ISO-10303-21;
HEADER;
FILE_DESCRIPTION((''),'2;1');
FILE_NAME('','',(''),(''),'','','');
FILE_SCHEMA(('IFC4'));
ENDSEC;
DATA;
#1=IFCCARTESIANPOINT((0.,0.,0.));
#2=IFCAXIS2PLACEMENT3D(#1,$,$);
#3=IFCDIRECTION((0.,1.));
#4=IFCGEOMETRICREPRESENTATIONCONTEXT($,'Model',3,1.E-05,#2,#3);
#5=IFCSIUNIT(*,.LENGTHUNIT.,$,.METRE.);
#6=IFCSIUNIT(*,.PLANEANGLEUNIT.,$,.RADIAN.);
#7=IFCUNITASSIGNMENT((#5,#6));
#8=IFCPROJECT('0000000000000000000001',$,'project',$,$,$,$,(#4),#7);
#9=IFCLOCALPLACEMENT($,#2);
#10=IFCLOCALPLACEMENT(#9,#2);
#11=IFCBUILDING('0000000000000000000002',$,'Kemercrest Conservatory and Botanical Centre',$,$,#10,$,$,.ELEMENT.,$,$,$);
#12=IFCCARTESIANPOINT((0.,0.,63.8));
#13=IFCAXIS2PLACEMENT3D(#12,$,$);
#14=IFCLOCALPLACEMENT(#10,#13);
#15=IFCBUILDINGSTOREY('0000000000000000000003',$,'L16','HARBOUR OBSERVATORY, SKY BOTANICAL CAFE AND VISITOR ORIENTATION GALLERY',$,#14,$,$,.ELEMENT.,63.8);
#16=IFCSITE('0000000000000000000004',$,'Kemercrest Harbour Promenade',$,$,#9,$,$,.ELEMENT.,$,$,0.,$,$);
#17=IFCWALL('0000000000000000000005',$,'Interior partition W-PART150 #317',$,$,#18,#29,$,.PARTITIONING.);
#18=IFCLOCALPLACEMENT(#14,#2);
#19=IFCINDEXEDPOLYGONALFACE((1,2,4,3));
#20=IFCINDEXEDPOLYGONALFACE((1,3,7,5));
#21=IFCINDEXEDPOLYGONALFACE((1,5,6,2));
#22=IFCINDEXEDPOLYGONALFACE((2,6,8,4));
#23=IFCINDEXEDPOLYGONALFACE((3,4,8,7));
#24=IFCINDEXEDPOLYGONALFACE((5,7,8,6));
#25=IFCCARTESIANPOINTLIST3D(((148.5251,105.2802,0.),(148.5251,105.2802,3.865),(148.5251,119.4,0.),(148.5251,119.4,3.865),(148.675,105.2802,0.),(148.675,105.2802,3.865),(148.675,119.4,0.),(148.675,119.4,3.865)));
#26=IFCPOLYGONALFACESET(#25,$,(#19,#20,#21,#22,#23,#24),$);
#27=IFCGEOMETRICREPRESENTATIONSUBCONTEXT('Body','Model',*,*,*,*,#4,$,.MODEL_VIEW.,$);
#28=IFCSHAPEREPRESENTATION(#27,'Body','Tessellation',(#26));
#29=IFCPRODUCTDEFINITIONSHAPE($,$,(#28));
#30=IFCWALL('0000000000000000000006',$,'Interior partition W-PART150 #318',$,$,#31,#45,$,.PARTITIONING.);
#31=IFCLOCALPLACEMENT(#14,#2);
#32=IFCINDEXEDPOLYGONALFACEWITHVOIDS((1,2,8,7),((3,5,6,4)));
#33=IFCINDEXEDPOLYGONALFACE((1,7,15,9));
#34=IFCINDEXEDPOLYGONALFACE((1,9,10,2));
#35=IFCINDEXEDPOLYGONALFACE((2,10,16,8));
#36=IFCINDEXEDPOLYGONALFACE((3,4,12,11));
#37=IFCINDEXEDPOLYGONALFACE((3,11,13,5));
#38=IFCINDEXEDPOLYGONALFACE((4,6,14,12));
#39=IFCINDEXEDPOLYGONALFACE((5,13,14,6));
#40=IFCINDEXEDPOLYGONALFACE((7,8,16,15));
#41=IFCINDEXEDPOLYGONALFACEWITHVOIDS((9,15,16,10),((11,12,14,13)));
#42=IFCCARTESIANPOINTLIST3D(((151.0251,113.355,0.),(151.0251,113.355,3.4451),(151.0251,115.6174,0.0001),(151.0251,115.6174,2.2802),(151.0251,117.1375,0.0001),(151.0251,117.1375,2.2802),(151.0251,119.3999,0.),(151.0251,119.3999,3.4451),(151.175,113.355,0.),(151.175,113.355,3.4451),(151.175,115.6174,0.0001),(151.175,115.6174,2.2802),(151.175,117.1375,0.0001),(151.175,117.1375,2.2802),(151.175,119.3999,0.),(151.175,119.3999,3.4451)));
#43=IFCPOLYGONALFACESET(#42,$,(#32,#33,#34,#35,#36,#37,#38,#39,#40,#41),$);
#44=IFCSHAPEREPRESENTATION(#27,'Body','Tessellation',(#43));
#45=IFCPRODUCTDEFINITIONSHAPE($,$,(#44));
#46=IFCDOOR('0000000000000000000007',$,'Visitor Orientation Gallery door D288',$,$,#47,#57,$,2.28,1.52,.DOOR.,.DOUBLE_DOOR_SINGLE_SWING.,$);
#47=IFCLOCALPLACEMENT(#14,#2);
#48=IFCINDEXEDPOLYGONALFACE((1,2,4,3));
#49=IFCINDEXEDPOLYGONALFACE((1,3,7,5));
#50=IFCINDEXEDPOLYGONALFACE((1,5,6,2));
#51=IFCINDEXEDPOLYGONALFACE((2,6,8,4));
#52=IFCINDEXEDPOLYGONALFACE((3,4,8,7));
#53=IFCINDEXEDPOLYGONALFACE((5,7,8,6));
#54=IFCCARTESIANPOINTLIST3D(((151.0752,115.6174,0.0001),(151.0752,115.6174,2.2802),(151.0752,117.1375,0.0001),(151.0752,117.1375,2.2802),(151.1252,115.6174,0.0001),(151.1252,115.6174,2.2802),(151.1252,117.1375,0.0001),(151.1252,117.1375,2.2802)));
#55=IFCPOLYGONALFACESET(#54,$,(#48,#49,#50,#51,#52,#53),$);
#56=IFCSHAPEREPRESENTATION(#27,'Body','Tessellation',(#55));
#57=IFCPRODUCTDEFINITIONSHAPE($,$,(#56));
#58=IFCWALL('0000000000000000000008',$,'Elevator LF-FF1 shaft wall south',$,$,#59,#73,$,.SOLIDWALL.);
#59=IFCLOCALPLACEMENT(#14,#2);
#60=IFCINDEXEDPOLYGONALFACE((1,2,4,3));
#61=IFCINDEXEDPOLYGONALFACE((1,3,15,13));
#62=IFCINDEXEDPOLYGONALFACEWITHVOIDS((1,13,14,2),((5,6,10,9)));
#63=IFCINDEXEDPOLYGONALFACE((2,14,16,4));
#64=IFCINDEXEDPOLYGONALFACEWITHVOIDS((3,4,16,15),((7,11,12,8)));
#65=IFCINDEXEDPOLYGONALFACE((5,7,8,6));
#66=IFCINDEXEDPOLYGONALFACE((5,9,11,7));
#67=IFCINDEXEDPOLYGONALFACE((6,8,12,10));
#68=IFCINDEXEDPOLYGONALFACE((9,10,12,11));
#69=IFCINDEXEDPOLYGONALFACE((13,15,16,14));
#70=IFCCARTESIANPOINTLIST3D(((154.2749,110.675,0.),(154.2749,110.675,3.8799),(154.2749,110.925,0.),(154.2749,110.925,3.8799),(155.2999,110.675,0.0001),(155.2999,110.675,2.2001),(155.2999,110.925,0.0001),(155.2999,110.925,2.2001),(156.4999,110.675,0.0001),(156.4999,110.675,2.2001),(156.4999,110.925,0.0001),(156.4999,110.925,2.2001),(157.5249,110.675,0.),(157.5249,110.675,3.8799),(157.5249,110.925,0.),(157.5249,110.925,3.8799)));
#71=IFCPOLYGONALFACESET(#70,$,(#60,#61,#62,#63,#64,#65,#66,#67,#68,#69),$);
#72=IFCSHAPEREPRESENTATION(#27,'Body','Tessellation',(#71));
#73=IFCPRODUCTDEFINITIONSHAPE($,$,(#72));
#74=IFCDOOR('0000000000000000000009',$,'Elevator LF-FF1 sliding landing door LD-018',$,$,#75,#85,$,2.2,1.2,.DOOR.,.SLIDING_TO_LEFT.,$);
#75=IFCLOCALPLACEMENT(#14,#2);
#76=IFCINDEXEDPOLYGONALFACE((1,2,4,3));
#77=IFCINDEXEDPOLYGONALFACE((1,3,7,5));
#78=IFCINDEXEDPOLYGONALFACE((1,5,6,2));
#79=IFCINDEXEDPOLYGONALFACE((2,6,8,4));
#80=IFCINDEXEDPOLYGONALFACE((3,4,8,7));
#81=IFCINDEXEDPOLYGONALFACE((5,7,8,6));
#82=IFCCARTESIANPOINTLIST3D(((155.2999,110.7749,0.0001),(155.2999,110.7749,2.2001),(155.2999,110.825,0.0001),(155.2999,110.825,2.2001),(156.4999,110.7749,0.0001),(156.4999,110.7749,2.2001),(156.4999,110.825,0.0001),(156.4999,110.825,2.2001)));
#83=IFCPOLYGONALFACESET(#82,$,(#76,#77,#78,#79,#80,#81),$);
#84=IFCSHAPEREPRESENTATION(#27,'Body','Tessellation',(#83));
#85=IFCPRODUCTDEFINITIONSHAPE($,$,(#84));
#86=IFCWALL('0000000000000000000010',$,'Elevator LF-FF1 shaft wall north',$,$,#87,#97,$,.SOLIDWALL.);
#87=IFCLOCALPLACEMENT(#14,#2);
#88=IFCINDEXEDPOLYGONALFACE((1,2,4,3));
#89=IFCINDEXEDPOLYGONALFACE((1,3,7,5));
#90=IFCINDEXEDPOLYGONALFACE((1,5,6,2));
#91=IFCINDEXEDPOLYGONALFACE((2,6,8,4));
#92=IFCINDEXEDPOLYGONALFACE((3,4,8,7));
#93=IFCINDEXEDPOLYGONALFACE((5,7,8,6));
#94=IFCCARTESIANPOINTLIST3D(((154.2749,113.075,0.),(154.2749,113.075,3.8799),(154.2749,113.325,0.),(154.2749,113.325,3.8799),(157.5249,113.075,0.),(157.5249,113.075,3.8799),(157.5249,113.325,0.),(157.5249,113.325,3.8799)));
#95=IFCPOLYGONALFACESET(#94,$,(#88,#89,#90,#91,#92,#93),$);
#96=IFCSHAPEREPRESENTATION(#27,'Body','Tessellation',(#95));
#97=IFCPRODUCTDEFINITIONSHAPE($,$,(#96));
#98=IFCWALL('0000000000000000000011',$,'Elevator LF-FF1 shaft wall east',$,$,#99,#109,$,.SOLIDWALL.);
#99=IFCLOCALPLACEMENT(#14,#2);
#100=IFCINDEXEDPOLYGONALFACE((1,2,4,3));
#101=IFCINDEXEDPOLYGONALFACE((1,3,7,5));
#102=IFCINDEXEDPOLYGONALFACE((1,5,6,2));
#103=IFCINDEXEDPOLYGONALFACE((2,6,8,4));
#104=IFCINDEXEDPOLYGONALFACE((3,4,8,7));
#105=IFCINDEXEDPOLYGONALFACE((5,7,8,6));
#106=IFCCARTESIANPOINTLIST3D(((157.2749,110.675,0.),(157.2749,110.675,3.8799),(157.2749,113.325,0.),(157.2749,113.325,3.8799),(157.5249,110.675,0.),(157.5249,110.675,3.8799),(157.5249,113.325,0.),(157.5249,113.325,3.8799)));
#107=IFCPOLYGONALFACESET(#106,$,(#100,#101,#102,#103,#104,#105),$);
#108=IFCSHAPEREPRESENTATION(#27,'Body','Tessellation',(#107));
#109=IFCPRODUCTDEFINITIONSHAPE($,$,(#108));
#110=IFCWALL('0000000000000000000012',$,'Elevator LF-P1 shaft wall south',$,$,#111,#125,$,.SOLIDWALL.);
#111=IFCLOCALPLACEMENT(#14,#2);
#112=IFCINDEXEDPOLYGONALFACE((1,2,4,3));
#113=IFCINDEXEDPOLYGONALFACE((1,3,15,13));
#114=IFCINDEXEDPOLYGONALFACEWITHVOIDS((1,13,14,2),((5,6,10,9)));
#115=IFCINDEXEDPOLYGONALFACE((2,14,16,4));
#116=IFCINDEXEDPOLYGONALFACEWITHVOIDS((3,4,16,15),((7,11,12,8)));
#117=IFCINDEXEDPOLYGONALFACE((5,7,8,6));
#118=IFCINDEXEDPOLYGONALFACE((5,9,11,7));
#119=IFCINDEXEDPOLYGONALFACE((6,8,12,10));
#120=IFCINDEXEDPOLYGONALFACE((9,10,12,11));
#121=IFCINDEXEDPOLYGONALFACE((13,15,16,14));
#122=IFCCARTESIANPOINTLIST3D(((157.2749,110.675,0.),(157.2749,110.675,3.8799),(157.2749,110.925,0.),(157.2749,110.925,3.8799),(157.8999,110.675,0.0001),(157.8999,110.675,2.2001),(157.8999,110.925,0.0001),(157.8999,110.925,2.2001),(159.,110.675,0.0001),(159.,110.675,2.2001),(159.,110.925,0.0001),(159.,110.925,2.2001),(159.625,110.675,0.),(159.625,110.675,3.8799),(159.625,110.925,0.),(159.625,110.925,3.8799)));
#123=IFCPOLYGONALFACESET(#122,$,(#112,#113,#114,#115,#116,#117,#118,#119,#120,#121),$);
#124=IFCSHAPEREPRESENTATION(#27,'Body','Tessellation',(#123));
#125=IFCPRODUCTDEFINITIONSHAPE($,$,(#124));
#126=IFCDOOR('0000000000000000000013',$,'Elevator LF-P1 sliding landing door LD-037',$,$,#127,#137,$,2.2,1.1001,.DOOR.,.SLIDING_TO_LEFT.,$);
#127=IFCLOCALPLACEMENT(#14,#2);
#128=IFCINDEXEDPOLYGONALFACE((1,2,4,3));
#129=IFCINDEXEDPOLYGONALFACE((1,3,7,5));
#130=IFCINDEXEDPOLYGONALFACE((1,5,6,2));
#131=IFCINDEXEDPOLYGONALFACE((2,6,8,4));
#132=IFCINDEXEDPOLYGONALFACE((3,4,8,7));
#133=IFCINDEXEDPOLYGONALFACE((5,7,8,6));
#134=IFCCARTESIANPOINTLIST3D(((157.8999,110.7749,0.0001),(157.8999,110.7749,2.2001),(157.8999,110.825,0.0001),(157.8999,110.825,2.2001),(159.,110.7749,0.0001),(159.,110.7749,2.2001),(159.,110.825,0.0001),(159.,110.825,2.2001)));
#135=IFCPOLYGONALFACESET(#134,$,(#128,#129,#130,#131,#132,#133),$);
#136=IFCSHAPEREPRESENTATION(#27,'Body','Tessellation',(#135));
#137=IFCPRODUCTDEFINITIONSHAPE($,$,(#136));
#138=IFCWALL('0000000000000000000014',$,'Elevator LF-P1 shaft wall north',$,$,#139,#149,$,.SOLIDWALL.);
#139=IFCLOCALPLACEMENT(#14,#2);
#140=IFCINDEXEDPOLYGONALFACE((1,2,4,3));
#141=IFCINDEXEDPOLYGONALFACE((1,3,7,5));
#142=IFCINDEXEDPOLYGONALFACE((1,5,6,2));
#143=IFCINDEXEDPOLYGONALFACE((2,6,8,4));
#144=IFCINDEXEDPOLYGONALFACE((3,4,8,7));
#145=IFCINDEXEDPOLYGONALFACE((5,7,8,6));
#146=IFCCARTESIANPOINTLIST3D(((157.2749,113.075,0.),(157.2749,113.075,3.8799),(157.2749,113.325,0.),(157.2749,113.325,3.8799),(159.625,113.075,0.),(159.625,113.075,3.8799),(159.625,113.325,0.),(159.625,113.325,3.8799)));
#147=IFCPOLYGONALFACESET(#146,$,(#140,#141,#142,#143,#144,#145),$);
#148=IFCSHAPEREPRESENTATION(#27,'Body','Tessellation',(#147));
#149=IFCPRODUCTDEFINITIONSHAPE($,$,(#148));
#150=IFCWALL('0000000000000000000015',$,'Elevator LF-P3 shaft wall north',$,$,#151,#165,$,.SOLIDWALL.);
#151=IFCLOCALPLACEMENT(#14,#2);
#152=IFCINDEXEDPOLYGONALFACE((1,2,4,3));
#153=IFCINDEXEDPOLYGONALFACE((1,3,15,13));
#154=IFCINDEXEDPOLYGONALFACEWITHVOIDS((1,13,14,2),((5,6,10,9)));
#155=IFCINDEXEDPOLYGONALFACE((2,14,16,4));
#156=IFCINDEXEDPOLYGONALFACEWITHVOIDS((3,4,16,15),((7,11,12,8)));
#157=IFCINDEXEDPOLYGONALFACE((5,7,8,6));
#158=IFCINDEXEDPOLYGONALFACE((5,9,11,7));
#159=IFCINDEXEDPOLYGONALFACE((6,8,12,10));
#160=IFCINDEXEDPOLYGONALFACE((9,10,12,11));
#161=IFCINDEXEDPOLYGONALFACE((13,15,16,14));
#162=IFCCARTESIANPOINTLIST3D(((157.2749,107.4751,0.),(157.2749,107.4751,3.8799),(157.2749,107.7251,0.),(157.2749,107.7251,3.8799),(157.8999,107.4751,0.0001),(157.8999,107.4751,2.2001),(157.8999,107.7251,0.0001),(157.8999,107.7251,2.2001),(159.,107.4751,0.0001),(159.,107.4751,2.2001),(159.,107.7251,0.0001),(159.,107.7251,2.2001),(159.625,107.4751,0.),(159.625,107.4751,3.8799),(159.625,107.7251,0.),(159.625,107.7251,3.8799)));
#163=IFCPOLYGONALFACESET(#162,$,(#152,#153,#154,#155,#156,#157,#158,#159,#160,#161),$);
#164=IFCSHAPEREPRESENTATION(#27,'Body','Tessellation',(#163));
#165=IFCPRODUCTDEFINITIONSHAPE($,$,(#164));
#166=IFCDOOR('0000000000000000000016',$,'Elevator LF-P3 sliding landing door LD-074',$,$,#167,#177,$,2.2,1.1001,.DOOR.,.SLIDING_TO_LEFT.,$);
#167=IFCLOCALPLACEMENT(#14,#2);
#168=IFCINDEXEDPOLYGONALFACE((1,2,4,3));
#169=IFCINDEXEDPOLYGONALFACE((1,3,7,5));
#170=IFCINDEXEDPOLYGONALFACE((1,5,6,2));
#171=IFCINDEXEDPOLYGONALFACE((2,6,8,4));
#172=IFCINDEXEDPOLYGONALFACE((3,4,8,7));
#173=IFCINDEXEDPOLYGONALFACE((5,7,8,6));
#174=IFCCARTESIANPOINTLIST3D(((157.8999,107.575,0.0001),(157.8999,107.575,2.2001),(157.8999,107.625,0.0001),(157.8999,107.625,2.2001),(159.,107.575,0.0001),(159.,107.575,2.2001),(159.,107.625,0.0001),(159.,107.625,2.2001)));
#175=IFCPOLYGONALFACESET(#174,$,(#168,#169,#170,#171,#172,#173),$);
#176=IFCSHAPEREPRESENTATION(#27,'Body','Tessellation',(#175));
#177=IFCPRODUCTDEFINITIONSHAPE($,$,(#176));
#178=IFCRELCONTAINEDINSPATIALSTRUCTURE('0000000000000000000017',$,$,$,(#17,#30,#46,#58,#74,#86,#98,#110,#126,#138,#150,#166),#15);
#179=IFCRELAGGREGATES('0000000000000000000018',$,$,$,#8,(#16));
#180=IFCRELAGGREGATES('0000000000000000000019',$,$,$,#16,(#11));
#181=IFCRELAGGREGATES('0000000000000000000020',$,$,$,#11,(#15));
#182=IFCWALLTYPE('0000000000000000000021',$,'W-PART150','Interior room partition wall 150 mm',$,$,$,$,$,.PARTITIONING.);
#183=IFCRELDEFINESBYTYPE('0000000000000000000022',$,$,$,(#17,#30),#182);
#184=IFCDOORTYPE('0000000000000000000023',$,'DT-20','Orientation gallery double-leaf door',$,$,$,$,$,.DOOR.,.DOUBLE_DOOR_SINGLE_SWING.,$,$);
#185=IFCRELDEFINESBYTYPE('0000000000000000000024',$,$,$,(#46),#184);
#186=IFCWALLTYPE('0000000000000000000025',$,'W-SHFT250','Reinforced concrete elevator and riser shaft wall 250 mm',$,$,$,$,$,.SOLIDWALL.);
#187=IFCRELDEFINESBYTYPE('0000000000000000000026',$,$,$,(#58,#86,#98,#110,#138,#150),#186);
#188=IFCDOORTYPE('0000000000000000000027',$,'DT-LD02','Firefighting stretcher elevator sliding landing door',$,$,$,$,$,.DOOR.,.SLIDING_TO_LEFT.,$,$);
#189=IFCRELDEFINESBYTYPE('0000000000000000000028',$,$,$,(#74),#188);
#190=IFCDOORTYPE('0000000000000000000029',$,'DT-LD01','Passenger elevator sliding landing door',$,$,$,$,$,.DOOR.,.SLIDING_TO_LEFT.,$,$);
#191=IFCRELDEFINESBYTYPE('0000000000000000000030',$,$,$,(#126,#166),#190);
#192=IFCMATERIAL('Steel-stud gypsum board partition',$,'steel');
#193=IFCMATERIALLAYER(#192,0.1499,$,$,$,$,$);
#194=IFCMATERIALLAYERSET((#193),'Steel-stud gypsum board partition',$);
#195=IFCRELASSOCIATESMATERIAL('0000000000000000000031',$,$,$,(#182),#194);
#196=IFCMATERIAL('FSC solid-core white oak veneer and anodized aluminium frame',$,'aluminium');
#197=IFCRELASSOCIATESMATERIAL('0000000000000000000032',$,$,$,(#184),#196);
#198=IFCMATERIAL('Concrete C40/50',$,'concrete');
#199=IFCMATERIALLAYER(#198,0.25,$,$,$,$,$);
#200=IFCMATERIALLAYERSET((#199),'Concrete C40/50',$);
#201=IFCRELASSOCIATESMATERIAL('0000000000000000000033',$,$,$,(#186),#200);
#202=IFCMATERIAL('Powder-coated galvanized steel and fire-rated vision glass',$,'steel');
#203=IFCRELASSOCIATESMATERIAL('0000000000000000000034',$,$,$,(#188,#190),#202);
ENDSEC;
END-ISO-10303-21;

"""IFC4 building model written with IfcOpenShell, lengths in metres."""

from ifc_helpers import new_model, si_unit, direction, frame, frame_2d, origin, place, context, subcontext, project, spatial, rectangle, extrude, material, layer, layer_set, type_object, element, fill, save


model = new_model("IFC4")

# Units and contexts
model_context = context("Model", 3, precision=1e-05, world=origin(), true_north=direction((0.0, 1.0)))
body_context = subcontext(model_context, "Body", "Model", "MODEL_VIEW")
ifc_project = project(units=[si_unit("LENGTHUNIT", "METRE"), si_unit("PLANEANGLEUNIT", "RADIAN")], contexts=[model_context])

# Site, building, storey
site_placement = place(None, origin())
site = spatial("IfcSite", under=ifc_project, at=site_placement, Name="Kemercrest Harbour Promenade", CompositionType="ELEMENT", RefElevation=0.0)
building_placement = place(site_placement, origin())
building = spatial("IfcBuilding", under=site, at=building_placement, Name="Kemercrest Conservatory and Botanical Centre", CompositionType="ELEMENT")
storey_placement = place(building_placement, frame((0.0, 0.0, 63.8)))
storey = spatial("IfcBuildingStorey", under=building, at=storey_placement, Name="L16", Description="HARBOUR OBSERVATORY, SKY BOTANICAL CAFE AND VISITOR ORIENTATION GALLERY", CompositionType="ELEMENT", Elevation=63.8)

# Shared definitions
ifc_material_1 = material(Name="Concrete C40/50", Category="concrete")

# Wall
ifc_material_2 = material(Name="Steel-stud gypsum board partition", Category="steel")
ifc_layer_1 = layer(ifc_material_2, 0.1499)
ifc_layer_set_1 = layer_set([ifc_layer_1], Name="Steel-stud gypsum board partition")
wall_type_1 = type_object("IfcWallType", Name="W-PART150", Description="Interior room partition wall 150 mm", PredefinedType="PARTITIONING", material=ifc_layer_set_1)
wall_1_placement = place(storey_placement, frame((148.6001, 105.28, 0.0), z_axis=(0.0, 0.0, 1.0), x_axis=(0.0, 1.0, 0.0)))
element("IfcWall", 1, at=wall_1_placement, inside=storey, type_object=wall_type_1, Name="Interior partition W-PART150 #317", PredefinedType="PARTITIONING", context=body_context, shape_type="SweptSolid", body=[
    extrude(rectangle(XDim=14.1199, YDim=0.1499, at=frame_2d((7.0601, 0.0))), origin(), (0.0, 0.0, 1.0), 3.865),
])

# Walls, openings, doors
wall_2_placement = place(storey_placement, frame((151.1001, 113.355, 0.0), z_axis=(0.0, 0.0, 1.0), x_axis=(0.0, 1.0, 0.0)))
wall_2 = element("IfcWall", 2, at=wall_2_placement, inside=storey, type_object=wall_type_1, Name="Interior partition W-PART150 #318", PredefinedType="PARTITIONING", context=body_context, shape_type="SweptSolid", body=[
    extrude(rectangle(XDim=6.0449, YDim=0.1499, at=frame_2d((3.0225, 0.0))), origin(), (0.0, 0.0, 1.0), 3.4451),
])
opening_1_placement = place(wall_2_placement, frame((2.2625, 0.0, 0.0)))
opening_1 = element("IfcOpeningElement", 3, at=opening_1_placement, cuts=wall_2, PredefinedType="OPENING", context=body_context, shape_type="SweptSolid", body=[
    extrude(rectangle(XDim=1.52, YDim=2.28, at=frame_2d((0.76, 1.1401))), frame((0.0, 0.085, 0.0), z_axis=(0.0, -1.0, 0.0), x_axis=(1.0, 0.0, 0.0)), (0.0, 0.0, 1.0), 0.1699),
])
ifc_material_3 = material(Name="FSC solid-core white oak veneer and anodized aluminium frame", Category="aluminium")
door_type_1 = type_object("IfcDoorType", Name="DT-20", Description="Orientation gallery double-leaf door", OperationType="DOUBLE_DOOR_SINGLE_SWING", PredefinedType="DOOR", material=ifc_material_3)
door_1_placement = place(opening_1_placement, origin())
door_1 = element("IfcDoor", 4, at=door_1_placement, inside=storey, type_object=door_type_1, Name="Visitor Orientation Gallery door D288", OperationType="DOUBLE_DOOR_SINGLE_SWING", OverallHeight=2.28, OverallWidth=1.52, PredefinedType="DOOR", context=body_context, shape_type="SweptSolid", body=[
    extrude(rectangle(XDim=1.52, YDim=2.28, at=frame_2d((0.76, 1.1401))), frame((0.0, 0.0249, 0.0), z_axis=(0.0, -1.0, 0.0), x_axis=(1.0, 0.0, 0.0)), (0.0, 0.0, 1.0), 0.05),
])
fill(opening_1, door_1)
ifc_layer_2 = layer(ifc_material_1, 0.25)
ifc_layer_set_2 = layer_set([ifc_layer_2], Name="Concrete C40/50")
wall_type_2 = type_object("IfcWallType", Name="W-SHFT250", Description="Reinforced concrete elevator and riser shaft wall 250 mm", PredefinedType="SOLIDWALL", material=ifc_layer_set_2)
wall_3_placement = place(storey_placement, frame((154.2749, 110.8, 0.0), z_axis=(0.0, 0.0, 1.0), x_axis=(1.0, 0.0, 0.0)))
wall_3 = element("IfcWall", 5, at=wall_3_placement, inside=storey, type_object=wall_type_2, Name="Elevator LF-FF1 shaft wall south", PredefinedType="SOLIDWALL", context=body_context, shape_type="SweptSolid", body=[
    extrude(rectangle(XDim=3.25, YDim=0.25, at=frame_2d((1.625, 0.0))), origin(), (0.0, 0.0, 1.0), 3.8799),
])
opening_2_placement = place(wall_3_placement, frame((1.0249, 0.0, 0.0)))
opening_2 = element("IfcOpeningElement", 6, at=opening_2_placement, cuts=wall_3, PredefinedType="OPENING", context=body_context, shape_type="SweptSolid", body=[
    extrude(rectangle(XDim=1.2, YDim=2.2, at=frame_2d((0.6001, 1.1001))), frame((0.0, 0.135, 0.0), z_axis=(0.0, -1.0, 0.0), x_axis=(1.0, 0.0, 0.0)), (0.0, 0.0, 1.0), 0.27),
])
ifc_material_4 = material(Name="Powder-coated galvanized steel and fire-rated vision glass", Category="steel")
door_type_2 = type_object("IfcDoorType", Name="DT-LD02", Description="Firefighting stretcher elevator sliding landing door", OperationType="SLIDING_TO_LEFT", PredefinedType="DOOR", material=ifc_material_4)
door_2_placement = place(opening_2_placement, origin())
door_2 = element("IfcDoor", 7, at=door_2_placement, inside=storey, type_object=door_type_2, Name="Elevator LF-FF1 sliding landing door LD-018", OperationType="SLIDING_TO_LEFT", OverallHeight=2.2, OverallWidth=1.2, PredefinedType="DOOR", context=body_context, shape_type="SweptSolid", body=[
    extrude(rectangle(XDim=1.2, YDim=2.2, at=frame_2d((0.6001, 1.1001))), frame((0.0, 0.0249, 0.0), z_axis=(0.0, -1.0, 0.0), x_axis=(1.0, 0.0, 0.0)), (0.0, 0.0, 1.0), 0.05),
])
fill(opening_2, door_2)

# Walls
wall_4_placement = place(storey_placement, frame((154.2749, 113.2, 0.0), z_axis=(0.0, 0.0, 1.0), x_axis=(1.0, 0.0, 0.0)))
element("IfcWall", 8, at=wall_4_placement, inside=storey, type_object=wall_type_2, Name="Elevator LF-FF1 shaft wall north", PredefinedType="SOLIDWALL", context=body_context, shape_type="SweptSolid", body=[
    extrude(rectangle(XDim=3.25, YDim=0.25, at=frame_2d((1.625, 0.0))), origin(), (0.0, 0.0, 1.0), 3.8799),
])
wall_5_placement = place(storey_placement, frame((157.3999, 110.675, 0.0), z_axis=(0.0, 0.0, 1.0), x_axis=(0.0, 1.0, 0.0)))
element("IfcWall", 9, at=wall_5_placement, inside=storey, type_object=wall_type_2, Name="Elevator LF-FF1 shaft wall east", PredefinedType="SOLIDWALL", context=body_context, shape_type="SweptSolid", body=[
    extrude(rectangle(XDim=2.6499, YDim=0.25, at=frame_2d((1.325, 0.0))), origin(), (0.0, 0.0, 1.0), 3.8799),
])

# Wall, opening, door
wall_6_placement = place(storey_placement, frame((157.2749, 110.8, 0.0), z_axis=(0.0, 0.0, 1.0), x_axis=(1.0, 0.0, 0.0)))
wall_6 = element("IfcWall", 10, at=wall_6_placement, inside=storey, type_object=wall_type_2, Name="Elevator LF-P1 shaft wall south", PredefinedType="SOLIDWALL", context=body_context, shape_type="SweptSolid", body=[
    extrude(rectangle(XDim=2.3501, YDim=0.25, at=frame_2d((1.175, 0.0))), origin(), (0.0, 0.0, 1.0), 3.8799),
])
opening_3_placement = place(wall_6_placement, frame((0.625, 0.0, 0.0)))
opening_3 = element("IfcOpeningElement", 11, at=opening_3_placement, cuts=wall_6, PredefinedType="OPENING", context=body_context, shape_type="SweptSolid", body=[
    extrude(rectangle(XDim=1.1001, YDim=2.2, at=frame_2d((0.55, 1.1001))), frame((0.0, 0.135, 0.0), z_axis=(0.0, -1.0, 0.0), x_axis=(1.0, 0.0, 0.0)), (0.0, 0.0, 1.0), 0.27),
])
door_type_3 = type_object("IfcDoorType", Name="DT-LD01", Description="Passenger elevator sliding landing door", OperationType="SLIDING_TO_LEFT", PredefinedType="DOOR", material=ifc_material_4)
door_3_placement = place(opening_3_placement, origin())
door_3 = element("IfcDoor", 12, at=door_3_placement, inside=storey, type_object=door_type_3, Name="Elevator LF-P1 sliding landing door LD-037", OperationType="SLIDING_TO_LEFT", OverallHeight=2.2, OverallWidth=1.1001, PredefinedType="DOOR", context=body_context, shape_type="SweptSolid", body=[
    extrude(rectangle(XDim=1.1001, YDim=2.2, at=frame_2d((0.55, 1.1001))), frame((0.0, 0.0249, 0.0), z_axis=(0.0, -1.0, 0.0), x_axis=(1.0, 0.0, 0.0)), (0.0, 0.0, 1.0), 0.05),
])
fill(opening_3, door_3)

# Wall
wall_7_placement = place(storey_placement, frame((157.2749, 113.2, 0.0), z_axis=(0.0, 0.0, 1.0), x_axis=(1.0, 0.0, 0.0)))
element("IfcWall", 13, at=wall_7_placement, inside=storey, type_object=wall_type_2, Name="Elevator LF-P1 shaft wall north", PredefinedType="SOLIDWALL", context=body_context, shape_type="SweptSolid", body=[
    extrude(rectangle(XDim=2.3501, YDim=0.25, at=frame_2d((1.175, 0.0))), origin(), (0.0, 0.0, 1.0), 3.8799),
])

# Wall, opening, door
wall_8_placement = place(storey_placement, frame((157.2749, 107.6001, 0.0), z_axis=(0.0, 0.0, 1.0), x_axis=(1.0, 0.0, 0.0)))
wall_8 = element("IfcWall", 14, at=wall_8_placement, inside=storey, type_object=wall_type_2, Name="Elevator LF-P3 shaft wall north", PredefinedType="SOLIDWALL", context=body_context, shape_type="SweptSolid", body=[
    extrude(rectangle(XDim=2.3501, YDim=0.25, at=frame_2d((1.175, 0.0))), origin(), (0.0, 0.0, 1.0), 3.8799),
])
opening_4_placement = place(wall_8_placement, frame((0.625, 0.0, 0.0)))
opening_4 = element("IfcOpeningElement", 15, at=opening_4_placement, cuts=wall_8, PredefinedType="OPENING", context=body_context, shape_type="SweptSolid", body=[
    extrude(rectangle(XDim=1.1001, YDim=2.2, at=frame_2d((0.55, 1.1001))), frame((0.0, 0.135, 0.0), z_axis=(0.0, -1.0, 0.0), x_axis=(1.0, 0.0, 0.0)), (0.0, 0.0, 1.0), 0.27),
])
door_4_placement = place(opening_4_placement, origin())
door_4 = element("IfcDoor", 16, at=door_4_placement, inside=storey, type_object=door_type_3, Name="Elevator LF-P3 sliding landing door LD-074", OperationType="SLIDING_TO_LEFT", OverallHeight=2.2, OverallWidth=1.1001, PredefinedType="DOOR", context=body_context, shape_type="SweptSolid", body=[
    extrude(rectangle(XDim=1.1001, YDim=2.2, at=frame_2d((0.55, 1.1001))), frame((0.0, 0.0249, 0.0), z_axis=(0.0, -1.0, 0.0), x_axis=(1.0, 0.0, 0.0)), (0.0, 0.0, 1.0), 0.05),
])
fill(opening_4, door_4)

save(model, "model.ifc")
